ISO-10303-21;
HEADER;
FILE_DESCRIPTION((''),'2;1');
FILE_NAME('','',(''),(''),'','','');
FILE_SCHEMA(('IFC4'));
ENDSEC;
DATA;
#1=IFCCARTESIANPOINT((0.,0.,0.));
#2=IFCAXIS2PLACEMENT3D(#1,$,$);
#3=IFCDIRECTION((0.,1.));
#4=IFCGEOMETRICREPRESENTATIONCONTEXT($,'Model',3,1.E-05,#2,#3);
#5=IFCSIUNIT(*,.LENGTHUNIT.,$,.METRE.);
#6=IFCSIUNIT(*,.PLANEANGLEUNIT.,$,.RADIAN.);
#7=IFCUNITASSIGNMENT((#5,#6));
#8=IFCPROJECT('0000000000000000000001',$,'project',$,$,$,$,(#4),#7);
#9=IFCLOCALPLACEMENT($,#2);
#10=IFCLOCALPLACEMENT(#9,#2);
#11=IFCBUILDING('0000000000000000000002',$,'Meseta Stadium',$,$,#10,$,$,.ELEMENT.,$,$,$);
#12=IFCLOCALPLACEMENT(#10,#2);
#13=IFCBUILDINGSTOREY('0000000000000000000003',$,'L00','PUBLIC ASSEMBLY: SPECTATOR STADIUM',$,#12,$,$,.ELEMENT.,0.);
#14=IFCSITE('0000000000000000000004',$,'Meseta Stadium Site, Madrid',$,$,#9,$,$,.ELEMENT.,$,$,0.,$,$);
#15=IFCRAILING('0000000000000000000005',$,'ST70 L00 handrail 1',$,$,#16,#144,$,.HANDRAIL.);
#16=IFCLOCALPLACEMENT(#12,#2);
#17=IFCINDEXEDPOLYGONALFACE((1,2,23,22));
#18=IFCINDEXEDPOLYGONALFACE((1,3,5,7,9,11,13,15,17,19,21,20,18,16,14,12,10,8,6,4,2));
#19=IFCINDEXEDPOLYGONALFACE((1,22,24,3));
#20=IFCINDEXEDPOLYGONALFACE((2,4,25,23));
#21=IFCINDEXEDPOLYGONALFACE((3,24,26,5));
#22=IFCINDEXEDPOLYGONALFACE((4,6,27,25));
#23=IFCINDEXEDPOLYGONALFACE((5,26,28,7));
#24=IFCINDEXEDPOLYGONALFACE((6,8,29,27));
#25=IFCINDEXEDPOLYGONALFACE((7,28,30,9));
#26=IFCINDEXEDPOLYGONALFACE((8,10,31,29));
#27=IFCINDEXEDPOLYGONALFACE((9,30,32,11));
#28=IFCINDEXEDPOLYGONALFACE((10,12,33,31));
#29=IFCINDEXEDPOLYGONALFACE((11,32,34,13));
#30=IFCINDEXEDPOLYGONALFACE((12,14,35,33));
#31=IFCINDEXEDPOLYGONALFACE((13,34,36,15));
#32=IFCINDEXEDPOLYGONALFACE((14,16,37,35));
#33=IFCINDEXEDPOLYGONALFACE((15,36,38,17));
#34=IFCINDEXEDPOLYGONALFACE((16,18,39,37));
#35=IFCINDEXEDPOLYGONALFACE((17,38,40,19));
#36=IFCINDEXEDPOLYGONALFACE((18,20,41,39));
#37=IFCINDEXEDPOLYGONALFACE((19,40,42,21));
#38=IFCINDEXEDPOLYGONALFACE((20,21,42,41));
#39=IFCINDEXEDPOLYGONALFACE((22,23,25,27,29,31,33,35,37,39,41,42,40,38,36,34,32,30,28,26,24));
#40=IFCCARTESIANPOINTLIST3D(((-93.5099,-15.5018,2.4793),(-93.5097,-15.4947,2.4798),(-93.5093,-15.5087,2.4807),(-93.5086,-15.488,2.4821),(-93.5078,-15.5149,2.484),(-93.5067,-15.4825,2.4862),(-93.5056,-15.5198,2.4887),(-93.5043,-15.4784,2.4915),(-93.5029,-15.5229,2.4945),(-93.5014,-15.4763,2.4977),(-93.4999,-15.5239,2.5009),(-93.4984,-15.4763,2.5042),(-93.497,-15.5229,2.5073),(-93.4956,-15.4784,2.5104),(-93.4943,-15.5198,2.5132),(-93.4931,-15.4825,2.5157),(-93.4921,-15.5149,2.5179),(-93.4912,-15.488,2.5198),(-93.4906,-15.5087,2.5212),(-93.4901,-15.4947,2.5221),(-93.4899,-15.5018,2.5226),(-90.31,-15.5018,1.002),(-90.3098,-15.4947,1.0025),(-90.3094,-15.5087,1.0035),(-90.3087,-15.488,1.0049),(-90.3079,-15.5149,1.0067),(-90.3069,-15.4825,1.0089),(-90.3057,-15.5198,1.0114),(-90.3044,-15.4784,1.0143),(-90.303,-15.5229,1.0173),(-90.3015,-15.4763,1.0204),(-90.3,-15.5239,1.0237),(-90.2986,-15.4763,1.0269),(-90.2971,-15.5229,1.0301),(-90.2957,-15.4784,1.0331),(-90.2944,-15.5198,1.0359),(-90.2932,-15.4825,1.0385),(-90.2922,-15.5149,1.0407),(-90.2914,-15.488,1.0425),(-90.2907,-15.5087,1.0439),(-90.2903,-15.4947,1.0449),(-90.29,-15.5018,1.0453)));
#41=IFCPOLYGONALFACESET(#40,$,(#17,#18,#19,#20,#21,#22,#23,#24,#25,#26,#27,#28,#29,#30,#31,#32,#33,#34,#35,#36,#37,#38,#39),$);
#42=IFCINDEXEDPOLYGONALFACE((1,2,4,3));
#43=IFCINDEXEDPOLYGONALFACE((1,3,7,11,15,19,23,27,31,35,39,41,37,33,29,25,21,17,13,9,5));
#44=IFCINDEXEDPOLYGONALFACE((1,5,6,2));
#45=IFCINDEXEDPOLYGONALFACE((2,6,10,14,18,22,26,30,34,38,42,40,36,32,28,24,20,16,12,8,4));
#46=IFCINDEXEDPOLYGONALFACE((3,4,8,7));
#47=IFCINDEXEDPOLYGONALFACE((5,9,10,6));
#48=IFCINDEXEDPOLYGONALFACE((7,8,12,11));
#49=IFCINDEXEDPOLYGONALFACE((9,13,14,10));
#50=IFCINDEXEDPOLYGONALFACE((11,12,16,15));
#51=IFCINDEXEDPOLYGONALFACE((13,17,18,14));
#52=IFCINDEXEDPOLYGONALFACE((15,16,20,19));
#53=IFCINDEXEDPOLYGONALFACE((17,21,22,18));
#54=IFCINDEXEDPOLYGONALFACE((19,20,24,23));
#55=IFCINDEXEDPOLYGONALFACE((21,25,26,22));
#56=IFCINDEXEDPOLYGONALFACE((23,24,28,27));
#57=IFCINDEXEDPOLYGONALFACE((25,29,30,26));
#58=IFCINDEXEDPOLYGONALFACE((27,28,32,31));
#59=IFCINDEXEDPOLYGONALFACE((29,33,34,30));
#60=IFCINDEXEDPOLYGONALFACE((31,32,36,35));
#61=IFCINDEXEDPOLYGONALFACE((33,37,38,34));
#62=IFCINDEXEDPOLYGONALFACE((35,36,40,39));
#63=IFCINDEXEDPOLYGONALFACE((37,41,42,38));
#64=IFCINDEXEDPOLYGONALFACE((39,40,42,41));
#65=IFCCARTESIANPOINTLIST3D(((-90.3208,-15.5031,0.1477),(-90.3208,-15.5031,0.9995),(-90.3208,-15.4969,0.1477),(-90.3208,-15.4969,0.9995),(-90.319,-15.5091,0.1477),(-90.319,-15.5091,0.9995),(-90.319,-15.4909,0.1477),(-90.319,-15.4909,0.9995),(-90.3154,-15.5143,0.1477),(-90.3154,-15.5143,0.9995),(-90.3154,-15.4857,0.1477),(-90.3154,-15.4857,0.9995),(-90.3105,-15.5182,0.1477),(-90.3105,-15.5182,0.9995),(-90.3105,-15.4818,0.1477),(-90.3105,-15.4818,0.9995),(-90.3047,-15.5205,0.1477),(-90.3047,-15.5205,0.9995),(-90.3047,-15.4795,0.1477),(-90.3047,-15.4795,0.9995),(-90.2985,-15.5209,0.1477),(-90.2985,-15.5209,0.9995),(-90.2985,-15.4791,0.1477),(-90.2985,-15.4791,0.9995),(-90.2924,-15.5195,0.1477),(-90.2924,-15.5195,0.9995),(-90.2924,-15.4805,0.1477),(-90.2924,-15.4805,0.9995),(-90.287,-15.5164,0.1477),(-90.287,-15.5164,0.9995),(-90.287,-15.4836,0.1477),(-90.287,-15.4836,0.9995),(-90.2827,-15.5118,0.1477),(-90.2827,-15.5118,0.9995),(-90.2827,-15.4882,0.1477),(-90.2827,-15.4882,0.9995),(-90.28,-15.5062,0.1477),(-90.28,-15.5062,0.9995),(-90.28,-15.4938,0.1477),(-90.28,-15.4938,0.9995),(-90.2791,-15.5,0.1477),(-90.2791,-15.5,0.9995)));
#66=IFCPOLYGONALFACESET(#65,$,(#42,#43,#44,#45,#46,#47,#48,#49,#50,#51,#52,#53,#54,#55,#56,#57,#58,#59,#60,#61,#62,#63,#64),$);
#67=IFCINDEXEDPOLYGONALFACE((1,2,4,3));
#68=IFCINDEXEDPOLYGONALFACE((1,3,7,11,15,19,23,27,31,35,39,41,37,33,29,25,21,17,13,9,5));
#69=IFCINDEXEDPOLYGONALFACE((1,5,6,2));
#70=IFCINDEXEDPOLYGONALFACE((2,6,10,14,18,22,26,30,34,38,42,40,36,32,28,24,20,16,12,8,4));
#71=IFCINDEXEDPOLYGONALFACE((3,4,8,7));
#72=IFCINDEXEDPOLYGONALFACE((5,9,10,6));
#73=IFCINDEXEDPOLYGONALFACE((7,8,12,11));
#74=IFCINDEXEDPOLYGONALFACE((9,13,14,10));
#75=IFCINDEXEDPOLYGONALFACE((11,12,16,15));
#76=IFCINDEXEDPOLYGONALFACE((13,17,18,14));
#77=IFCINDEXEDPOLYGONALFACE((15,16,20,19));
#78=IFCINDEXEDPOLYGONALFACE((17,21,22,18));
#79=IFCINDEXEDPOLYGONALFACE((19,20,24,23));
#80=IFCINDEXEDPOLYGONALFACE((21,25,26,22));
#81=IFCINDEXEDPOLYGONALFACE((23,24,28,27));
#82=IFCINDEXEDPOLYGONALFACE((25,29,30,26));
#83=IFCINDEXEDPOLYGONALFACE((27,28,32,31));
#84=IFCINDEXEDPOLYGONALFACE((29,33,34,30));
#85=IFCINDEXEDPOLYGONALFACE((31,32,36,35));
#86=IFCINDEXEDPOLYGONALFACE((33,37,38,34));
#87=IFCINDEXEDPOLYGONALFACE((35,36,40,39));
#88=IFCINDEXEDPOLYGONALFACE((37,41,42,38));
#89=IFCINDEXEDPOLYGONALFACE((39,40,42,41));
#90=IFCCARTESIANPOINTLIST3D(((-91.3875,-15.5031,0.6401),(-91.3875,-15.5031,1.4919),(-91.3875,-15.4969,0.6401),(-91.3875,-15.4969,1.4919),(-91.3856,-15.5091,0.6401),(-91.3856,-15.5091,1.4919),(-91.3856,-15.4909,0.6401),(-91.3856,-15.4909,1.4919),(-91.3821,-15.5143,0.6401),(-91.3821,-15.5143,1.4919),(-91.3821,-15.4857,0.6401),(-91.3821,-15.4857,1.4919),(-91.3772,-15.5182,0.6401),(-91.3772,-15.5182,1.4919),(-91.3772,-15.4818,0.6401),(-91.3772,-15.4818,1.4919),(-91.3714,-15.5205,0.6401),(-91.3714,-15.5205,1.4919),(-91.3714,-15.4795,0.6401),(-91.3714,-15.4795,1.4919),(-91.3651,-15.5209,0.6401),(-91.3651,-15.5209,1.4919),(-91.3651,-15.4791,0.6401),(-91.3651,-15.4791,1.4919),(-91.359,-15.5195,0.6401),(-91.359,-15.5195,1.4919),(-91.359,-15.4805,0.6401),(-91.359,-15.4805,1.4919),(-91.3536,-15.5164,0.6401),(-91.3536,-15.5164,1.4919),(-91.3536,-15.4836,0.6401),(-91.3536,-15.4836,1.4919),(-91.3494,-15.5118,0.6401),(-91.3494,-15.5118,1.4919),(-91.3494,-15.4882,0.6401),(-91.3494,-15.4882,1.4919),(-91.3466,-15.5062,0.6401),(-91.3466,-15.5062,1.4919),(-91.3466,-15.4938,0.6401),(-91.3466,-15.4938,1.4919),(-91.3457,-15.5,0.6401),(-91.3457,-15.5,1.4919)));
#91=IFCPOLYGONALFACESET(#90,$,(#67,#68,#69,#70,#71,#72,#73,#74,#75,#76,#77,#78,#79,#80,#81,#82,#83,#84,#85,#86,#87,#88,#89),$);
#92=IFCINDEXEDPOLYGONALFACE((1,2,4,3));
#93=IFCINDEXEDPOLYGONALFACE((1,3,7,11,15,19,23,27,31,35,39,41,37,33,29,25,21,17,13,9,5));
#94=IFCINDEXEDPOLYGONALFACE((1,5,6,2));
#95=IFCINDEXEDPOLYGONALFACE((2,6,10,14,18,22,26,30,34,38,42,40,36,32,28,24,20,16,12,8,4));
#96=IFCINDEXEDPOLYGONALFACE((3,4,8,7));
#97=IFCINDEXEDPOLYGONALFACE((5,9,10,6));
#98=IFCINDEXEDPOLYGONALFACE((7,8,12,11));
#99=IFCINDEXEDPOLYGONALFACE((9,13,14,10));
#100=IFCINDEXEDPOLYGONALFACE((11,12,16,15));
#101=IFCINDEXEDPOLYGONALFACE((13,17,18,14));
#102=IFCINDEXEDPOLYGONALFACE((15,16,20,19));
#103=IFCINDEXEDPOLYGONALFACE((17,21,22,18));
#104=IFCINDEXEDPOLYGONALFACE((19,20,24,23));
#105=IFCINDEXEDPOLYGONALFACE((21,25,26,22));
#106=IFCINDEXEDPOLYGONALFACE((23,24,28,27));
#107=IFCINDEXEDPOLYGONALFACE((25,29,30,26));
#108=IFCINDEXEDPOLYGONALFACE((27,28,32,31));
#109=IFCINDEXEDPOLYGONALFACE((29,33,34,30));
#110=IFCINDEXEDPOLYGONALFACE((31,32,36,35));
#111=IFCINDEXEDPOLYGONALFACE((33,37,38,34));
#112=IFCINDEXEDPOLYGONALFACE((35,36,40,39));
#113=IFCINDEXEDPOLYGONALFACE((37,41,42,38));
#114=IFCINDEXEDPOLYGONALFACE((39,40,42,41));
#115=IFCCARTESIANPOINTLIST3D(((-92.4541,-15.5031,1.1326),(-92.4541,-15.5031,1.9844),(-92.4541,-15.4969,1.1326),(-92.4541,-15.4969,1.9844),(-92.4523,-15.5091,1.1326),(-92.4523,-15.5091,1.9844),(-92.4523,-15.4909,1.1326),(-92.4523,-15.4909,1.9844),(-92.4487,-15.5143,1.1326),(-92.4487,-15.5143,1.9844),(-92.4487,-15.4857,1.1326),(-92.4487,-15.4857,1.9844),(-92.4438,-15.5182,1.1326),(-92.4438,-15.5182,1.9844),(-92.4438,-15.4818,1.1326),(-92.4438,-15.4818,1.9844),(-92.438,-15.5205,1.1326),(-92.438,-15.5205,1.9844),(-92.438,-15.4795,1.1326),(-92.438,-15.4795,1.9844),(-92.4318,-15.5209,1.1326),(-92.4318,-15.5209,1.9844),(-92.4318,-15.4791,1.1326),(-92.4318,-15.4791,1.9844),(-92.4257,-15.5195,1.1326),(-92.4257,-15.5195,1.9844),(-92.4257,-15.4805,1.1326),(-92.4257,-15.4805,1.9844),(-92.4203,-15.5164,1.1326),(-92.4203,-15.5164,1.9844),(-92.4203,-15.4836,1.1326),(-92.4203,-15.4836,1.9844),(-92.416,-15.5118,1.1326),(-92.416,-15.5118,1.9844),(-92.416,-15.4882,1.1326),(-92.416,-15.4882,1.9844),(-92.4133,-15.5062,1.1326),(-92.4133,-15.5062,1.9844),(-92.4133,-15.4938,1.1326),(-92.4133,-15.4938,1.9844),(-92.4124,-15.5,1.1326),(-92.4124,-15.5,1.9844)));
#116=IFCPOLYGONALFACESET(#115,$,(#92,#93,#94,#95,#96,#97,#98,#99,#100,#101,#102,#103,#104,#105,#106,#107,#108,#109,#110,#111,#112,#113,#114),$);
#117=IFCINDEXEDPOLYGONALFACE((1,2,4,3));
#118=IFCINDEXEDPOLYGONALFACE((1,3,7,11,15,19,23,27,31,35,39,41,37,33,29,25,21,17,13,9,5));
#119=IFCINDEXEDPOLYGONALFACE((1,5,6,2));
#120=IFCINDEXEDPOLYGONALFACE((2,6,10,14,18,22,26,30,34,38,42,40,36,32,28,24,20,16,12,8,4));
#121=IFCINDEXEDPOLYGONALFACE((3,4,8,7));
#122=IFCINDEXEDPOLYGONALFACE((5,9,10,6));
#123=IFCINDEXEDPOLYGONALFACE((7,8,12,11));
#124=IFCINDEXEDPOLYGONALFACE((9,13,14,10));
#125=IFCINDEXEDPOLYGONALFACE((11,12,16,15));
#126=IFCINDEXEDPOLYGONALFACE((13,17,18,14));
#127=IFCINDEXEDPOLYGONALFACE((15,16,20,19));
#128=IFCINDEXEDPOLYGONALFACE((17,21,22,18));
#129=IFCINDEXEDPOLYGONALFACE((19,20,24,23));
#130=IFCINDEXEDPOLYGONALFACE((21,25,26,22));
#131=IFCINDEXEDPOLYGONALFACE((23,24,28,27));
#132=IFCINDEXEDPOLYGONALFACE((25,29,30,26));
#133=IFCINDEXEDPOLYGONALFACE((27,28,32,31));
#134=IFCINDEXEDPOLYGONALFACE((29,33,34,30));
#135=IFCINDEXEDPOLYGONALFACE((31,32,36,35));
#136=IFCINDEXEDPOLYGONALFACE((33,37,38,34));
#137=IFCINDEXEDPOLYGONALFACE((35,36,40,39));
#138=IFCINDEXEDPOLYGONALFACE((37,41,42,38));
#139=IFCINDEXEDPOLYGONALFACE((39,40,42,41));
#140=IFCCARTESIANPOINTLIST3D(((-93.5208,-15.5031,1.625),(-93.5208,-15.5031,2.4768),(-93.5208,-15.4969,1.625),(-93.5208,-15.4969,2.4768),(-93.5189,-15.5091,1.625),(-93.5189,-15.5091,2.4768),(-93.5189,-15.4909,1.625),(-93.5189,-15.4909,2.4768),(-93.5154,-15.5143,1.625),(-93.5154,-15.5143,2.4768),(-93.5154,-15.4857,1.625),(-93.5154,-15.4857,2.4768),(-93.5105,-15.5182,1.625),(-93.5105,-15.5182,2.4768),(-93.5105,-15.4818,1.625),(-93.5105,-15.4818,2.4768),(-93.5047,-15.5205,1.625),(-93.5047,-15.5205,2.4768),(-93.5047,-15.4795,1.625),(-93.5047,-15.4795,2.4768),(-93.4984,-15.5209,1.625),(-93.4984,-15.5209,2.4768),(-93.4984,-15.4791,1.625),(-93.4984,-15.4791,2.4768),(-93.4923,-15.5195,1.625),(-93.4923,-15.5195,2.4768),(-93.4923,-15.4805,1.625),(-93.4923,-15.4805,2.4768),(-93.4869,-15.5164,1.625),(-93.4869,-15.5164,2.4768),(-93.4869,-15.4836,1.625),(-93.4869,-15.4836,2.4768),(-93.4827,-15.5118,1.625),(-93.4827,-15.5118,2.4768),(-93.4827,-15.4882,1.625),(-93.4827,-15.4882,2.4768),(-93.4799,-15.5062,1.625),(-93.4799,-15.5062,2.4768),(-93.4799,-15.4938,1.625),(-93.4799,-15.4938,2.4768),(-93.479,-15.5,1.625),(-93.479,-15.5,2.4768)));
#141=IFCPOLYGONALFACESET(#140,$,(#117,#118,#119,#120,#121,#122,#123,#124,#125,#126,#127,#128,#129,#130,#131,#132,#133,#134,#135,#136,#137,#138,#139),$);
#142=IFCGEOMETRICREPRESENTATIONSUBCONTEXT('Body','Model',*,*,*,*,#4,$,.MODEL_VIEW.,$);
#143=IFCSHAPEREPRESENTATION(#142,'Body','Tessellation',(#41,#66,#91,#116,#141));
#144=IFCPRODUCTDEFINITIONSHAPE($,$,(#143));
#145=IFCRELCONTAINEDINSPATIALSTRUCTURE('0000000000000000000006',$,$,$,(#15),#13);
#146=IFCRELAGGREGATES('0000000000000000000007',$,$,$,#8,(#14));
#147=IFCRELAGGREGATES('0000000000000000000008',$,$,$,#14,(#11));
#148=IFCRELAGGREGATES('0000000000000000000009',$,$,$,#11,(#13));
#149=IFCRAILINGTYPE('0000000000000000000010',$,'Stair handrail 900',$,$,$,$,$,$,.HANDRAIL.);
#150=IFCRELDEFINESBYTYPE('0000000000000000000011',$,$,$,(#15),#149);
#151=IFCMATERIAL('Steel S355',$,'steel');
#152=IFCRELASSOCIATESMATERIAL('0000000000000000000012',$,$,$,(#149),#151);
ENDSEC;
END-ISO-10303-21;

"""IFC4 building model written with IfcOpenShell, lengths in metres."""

from ifc_helpers import new_model, si_unit, direction, frame, origin, origin_2d, place, context, subcontext, project, spatial, circle, extrude, material, type_object, element, save


model = new_model("IFC4")

# Units and contexts
model_context = context("Model", 3, precision=1e-05, world=origin(), true_north=direction((0.0, 1.0)))
body_context = subcontext(model_context, "Body", "Model", "MODEL_VIEW")
ifc_project = project(units=[si_unit("LENGTHUNIT", "METRE"), si_unit("PLANEANGLEUNIT", "RADIAN")], contexts=[model_context])

# Site, building, storey
site_placement = place(None, origin())
site = spatial("IfcSite", under=ifc_project, at=site_placement, Name="Meseta Stadium Site, Madrid", CompositionType="ELEMENT", RefElevation=0.0)
building_placement = place(site_placement, origin())
building = spatial("IfcBuilding", under=site, at=building_placement, Name="Meseta Stadium", CompositionType="ELEMENT")
storey_placement = place(building_placement, origin())
storey = spatial("IfcBuildingStorey", under=building, at=storey_placement, Name="L00", Description="PUBLIC ASSEMBLY: SPECTATOR STADIUM", CompositionType="ELEMENT", Elevation=0.0)

# Railing
ifc_material_1 = material(Name="Steel S355", Category="steel")
railing_type_1 = type_object("IfcRailingType", Name="Stair handrail 900", PredefinedType="HANDRAIL", material=ifc_material_1)
for number, where, name in (
    (1, (-90.3, -15.5, 0.1477), "ST70 L00 handrail 1"),
):
    element("IfcRailing", number, at=place(storey_placement, frame(where)), inside=storey, type_object=railing_type_1, Name=name, PredefinedType="HANDRAIL", context=body_context, shape_type="SweptSolid", body=[
        extrude(circle(Radius=0.0239, at=origin_2d()), frame((0.0, 0.0, 0.876), z_axis=(-0.907917, 0.0, 0.41915), x_axis=(0.0, -1.0, 0.0)), (0.0, 0.0, 1.0), 3.5244),
        extrude(circle(Radius=0.021, at=origin_2d()), origin(), (0.0, 0.0, 1.0), 0.8518),
        extrude(circle(Radius=0.021, at=origin_2d()), frame((-1.0667, 0.0, 0.4924)), (0.0, 0.0, 1.0), 0.8518),
        extrude(circle(Radius=0.021, at=origin_2d()), frame((-2.1333, 0.0, 0.9849)), (0.0, 0.0, 1.0), 0.8518),
        extrude(circle(Radius=0.021, at=origin_2d()), frame((-3.2, 0.0, 1.4773)), (0.0, 0.0, 1.0), 0.8518),
    ])

save(model, "model.ifc")
